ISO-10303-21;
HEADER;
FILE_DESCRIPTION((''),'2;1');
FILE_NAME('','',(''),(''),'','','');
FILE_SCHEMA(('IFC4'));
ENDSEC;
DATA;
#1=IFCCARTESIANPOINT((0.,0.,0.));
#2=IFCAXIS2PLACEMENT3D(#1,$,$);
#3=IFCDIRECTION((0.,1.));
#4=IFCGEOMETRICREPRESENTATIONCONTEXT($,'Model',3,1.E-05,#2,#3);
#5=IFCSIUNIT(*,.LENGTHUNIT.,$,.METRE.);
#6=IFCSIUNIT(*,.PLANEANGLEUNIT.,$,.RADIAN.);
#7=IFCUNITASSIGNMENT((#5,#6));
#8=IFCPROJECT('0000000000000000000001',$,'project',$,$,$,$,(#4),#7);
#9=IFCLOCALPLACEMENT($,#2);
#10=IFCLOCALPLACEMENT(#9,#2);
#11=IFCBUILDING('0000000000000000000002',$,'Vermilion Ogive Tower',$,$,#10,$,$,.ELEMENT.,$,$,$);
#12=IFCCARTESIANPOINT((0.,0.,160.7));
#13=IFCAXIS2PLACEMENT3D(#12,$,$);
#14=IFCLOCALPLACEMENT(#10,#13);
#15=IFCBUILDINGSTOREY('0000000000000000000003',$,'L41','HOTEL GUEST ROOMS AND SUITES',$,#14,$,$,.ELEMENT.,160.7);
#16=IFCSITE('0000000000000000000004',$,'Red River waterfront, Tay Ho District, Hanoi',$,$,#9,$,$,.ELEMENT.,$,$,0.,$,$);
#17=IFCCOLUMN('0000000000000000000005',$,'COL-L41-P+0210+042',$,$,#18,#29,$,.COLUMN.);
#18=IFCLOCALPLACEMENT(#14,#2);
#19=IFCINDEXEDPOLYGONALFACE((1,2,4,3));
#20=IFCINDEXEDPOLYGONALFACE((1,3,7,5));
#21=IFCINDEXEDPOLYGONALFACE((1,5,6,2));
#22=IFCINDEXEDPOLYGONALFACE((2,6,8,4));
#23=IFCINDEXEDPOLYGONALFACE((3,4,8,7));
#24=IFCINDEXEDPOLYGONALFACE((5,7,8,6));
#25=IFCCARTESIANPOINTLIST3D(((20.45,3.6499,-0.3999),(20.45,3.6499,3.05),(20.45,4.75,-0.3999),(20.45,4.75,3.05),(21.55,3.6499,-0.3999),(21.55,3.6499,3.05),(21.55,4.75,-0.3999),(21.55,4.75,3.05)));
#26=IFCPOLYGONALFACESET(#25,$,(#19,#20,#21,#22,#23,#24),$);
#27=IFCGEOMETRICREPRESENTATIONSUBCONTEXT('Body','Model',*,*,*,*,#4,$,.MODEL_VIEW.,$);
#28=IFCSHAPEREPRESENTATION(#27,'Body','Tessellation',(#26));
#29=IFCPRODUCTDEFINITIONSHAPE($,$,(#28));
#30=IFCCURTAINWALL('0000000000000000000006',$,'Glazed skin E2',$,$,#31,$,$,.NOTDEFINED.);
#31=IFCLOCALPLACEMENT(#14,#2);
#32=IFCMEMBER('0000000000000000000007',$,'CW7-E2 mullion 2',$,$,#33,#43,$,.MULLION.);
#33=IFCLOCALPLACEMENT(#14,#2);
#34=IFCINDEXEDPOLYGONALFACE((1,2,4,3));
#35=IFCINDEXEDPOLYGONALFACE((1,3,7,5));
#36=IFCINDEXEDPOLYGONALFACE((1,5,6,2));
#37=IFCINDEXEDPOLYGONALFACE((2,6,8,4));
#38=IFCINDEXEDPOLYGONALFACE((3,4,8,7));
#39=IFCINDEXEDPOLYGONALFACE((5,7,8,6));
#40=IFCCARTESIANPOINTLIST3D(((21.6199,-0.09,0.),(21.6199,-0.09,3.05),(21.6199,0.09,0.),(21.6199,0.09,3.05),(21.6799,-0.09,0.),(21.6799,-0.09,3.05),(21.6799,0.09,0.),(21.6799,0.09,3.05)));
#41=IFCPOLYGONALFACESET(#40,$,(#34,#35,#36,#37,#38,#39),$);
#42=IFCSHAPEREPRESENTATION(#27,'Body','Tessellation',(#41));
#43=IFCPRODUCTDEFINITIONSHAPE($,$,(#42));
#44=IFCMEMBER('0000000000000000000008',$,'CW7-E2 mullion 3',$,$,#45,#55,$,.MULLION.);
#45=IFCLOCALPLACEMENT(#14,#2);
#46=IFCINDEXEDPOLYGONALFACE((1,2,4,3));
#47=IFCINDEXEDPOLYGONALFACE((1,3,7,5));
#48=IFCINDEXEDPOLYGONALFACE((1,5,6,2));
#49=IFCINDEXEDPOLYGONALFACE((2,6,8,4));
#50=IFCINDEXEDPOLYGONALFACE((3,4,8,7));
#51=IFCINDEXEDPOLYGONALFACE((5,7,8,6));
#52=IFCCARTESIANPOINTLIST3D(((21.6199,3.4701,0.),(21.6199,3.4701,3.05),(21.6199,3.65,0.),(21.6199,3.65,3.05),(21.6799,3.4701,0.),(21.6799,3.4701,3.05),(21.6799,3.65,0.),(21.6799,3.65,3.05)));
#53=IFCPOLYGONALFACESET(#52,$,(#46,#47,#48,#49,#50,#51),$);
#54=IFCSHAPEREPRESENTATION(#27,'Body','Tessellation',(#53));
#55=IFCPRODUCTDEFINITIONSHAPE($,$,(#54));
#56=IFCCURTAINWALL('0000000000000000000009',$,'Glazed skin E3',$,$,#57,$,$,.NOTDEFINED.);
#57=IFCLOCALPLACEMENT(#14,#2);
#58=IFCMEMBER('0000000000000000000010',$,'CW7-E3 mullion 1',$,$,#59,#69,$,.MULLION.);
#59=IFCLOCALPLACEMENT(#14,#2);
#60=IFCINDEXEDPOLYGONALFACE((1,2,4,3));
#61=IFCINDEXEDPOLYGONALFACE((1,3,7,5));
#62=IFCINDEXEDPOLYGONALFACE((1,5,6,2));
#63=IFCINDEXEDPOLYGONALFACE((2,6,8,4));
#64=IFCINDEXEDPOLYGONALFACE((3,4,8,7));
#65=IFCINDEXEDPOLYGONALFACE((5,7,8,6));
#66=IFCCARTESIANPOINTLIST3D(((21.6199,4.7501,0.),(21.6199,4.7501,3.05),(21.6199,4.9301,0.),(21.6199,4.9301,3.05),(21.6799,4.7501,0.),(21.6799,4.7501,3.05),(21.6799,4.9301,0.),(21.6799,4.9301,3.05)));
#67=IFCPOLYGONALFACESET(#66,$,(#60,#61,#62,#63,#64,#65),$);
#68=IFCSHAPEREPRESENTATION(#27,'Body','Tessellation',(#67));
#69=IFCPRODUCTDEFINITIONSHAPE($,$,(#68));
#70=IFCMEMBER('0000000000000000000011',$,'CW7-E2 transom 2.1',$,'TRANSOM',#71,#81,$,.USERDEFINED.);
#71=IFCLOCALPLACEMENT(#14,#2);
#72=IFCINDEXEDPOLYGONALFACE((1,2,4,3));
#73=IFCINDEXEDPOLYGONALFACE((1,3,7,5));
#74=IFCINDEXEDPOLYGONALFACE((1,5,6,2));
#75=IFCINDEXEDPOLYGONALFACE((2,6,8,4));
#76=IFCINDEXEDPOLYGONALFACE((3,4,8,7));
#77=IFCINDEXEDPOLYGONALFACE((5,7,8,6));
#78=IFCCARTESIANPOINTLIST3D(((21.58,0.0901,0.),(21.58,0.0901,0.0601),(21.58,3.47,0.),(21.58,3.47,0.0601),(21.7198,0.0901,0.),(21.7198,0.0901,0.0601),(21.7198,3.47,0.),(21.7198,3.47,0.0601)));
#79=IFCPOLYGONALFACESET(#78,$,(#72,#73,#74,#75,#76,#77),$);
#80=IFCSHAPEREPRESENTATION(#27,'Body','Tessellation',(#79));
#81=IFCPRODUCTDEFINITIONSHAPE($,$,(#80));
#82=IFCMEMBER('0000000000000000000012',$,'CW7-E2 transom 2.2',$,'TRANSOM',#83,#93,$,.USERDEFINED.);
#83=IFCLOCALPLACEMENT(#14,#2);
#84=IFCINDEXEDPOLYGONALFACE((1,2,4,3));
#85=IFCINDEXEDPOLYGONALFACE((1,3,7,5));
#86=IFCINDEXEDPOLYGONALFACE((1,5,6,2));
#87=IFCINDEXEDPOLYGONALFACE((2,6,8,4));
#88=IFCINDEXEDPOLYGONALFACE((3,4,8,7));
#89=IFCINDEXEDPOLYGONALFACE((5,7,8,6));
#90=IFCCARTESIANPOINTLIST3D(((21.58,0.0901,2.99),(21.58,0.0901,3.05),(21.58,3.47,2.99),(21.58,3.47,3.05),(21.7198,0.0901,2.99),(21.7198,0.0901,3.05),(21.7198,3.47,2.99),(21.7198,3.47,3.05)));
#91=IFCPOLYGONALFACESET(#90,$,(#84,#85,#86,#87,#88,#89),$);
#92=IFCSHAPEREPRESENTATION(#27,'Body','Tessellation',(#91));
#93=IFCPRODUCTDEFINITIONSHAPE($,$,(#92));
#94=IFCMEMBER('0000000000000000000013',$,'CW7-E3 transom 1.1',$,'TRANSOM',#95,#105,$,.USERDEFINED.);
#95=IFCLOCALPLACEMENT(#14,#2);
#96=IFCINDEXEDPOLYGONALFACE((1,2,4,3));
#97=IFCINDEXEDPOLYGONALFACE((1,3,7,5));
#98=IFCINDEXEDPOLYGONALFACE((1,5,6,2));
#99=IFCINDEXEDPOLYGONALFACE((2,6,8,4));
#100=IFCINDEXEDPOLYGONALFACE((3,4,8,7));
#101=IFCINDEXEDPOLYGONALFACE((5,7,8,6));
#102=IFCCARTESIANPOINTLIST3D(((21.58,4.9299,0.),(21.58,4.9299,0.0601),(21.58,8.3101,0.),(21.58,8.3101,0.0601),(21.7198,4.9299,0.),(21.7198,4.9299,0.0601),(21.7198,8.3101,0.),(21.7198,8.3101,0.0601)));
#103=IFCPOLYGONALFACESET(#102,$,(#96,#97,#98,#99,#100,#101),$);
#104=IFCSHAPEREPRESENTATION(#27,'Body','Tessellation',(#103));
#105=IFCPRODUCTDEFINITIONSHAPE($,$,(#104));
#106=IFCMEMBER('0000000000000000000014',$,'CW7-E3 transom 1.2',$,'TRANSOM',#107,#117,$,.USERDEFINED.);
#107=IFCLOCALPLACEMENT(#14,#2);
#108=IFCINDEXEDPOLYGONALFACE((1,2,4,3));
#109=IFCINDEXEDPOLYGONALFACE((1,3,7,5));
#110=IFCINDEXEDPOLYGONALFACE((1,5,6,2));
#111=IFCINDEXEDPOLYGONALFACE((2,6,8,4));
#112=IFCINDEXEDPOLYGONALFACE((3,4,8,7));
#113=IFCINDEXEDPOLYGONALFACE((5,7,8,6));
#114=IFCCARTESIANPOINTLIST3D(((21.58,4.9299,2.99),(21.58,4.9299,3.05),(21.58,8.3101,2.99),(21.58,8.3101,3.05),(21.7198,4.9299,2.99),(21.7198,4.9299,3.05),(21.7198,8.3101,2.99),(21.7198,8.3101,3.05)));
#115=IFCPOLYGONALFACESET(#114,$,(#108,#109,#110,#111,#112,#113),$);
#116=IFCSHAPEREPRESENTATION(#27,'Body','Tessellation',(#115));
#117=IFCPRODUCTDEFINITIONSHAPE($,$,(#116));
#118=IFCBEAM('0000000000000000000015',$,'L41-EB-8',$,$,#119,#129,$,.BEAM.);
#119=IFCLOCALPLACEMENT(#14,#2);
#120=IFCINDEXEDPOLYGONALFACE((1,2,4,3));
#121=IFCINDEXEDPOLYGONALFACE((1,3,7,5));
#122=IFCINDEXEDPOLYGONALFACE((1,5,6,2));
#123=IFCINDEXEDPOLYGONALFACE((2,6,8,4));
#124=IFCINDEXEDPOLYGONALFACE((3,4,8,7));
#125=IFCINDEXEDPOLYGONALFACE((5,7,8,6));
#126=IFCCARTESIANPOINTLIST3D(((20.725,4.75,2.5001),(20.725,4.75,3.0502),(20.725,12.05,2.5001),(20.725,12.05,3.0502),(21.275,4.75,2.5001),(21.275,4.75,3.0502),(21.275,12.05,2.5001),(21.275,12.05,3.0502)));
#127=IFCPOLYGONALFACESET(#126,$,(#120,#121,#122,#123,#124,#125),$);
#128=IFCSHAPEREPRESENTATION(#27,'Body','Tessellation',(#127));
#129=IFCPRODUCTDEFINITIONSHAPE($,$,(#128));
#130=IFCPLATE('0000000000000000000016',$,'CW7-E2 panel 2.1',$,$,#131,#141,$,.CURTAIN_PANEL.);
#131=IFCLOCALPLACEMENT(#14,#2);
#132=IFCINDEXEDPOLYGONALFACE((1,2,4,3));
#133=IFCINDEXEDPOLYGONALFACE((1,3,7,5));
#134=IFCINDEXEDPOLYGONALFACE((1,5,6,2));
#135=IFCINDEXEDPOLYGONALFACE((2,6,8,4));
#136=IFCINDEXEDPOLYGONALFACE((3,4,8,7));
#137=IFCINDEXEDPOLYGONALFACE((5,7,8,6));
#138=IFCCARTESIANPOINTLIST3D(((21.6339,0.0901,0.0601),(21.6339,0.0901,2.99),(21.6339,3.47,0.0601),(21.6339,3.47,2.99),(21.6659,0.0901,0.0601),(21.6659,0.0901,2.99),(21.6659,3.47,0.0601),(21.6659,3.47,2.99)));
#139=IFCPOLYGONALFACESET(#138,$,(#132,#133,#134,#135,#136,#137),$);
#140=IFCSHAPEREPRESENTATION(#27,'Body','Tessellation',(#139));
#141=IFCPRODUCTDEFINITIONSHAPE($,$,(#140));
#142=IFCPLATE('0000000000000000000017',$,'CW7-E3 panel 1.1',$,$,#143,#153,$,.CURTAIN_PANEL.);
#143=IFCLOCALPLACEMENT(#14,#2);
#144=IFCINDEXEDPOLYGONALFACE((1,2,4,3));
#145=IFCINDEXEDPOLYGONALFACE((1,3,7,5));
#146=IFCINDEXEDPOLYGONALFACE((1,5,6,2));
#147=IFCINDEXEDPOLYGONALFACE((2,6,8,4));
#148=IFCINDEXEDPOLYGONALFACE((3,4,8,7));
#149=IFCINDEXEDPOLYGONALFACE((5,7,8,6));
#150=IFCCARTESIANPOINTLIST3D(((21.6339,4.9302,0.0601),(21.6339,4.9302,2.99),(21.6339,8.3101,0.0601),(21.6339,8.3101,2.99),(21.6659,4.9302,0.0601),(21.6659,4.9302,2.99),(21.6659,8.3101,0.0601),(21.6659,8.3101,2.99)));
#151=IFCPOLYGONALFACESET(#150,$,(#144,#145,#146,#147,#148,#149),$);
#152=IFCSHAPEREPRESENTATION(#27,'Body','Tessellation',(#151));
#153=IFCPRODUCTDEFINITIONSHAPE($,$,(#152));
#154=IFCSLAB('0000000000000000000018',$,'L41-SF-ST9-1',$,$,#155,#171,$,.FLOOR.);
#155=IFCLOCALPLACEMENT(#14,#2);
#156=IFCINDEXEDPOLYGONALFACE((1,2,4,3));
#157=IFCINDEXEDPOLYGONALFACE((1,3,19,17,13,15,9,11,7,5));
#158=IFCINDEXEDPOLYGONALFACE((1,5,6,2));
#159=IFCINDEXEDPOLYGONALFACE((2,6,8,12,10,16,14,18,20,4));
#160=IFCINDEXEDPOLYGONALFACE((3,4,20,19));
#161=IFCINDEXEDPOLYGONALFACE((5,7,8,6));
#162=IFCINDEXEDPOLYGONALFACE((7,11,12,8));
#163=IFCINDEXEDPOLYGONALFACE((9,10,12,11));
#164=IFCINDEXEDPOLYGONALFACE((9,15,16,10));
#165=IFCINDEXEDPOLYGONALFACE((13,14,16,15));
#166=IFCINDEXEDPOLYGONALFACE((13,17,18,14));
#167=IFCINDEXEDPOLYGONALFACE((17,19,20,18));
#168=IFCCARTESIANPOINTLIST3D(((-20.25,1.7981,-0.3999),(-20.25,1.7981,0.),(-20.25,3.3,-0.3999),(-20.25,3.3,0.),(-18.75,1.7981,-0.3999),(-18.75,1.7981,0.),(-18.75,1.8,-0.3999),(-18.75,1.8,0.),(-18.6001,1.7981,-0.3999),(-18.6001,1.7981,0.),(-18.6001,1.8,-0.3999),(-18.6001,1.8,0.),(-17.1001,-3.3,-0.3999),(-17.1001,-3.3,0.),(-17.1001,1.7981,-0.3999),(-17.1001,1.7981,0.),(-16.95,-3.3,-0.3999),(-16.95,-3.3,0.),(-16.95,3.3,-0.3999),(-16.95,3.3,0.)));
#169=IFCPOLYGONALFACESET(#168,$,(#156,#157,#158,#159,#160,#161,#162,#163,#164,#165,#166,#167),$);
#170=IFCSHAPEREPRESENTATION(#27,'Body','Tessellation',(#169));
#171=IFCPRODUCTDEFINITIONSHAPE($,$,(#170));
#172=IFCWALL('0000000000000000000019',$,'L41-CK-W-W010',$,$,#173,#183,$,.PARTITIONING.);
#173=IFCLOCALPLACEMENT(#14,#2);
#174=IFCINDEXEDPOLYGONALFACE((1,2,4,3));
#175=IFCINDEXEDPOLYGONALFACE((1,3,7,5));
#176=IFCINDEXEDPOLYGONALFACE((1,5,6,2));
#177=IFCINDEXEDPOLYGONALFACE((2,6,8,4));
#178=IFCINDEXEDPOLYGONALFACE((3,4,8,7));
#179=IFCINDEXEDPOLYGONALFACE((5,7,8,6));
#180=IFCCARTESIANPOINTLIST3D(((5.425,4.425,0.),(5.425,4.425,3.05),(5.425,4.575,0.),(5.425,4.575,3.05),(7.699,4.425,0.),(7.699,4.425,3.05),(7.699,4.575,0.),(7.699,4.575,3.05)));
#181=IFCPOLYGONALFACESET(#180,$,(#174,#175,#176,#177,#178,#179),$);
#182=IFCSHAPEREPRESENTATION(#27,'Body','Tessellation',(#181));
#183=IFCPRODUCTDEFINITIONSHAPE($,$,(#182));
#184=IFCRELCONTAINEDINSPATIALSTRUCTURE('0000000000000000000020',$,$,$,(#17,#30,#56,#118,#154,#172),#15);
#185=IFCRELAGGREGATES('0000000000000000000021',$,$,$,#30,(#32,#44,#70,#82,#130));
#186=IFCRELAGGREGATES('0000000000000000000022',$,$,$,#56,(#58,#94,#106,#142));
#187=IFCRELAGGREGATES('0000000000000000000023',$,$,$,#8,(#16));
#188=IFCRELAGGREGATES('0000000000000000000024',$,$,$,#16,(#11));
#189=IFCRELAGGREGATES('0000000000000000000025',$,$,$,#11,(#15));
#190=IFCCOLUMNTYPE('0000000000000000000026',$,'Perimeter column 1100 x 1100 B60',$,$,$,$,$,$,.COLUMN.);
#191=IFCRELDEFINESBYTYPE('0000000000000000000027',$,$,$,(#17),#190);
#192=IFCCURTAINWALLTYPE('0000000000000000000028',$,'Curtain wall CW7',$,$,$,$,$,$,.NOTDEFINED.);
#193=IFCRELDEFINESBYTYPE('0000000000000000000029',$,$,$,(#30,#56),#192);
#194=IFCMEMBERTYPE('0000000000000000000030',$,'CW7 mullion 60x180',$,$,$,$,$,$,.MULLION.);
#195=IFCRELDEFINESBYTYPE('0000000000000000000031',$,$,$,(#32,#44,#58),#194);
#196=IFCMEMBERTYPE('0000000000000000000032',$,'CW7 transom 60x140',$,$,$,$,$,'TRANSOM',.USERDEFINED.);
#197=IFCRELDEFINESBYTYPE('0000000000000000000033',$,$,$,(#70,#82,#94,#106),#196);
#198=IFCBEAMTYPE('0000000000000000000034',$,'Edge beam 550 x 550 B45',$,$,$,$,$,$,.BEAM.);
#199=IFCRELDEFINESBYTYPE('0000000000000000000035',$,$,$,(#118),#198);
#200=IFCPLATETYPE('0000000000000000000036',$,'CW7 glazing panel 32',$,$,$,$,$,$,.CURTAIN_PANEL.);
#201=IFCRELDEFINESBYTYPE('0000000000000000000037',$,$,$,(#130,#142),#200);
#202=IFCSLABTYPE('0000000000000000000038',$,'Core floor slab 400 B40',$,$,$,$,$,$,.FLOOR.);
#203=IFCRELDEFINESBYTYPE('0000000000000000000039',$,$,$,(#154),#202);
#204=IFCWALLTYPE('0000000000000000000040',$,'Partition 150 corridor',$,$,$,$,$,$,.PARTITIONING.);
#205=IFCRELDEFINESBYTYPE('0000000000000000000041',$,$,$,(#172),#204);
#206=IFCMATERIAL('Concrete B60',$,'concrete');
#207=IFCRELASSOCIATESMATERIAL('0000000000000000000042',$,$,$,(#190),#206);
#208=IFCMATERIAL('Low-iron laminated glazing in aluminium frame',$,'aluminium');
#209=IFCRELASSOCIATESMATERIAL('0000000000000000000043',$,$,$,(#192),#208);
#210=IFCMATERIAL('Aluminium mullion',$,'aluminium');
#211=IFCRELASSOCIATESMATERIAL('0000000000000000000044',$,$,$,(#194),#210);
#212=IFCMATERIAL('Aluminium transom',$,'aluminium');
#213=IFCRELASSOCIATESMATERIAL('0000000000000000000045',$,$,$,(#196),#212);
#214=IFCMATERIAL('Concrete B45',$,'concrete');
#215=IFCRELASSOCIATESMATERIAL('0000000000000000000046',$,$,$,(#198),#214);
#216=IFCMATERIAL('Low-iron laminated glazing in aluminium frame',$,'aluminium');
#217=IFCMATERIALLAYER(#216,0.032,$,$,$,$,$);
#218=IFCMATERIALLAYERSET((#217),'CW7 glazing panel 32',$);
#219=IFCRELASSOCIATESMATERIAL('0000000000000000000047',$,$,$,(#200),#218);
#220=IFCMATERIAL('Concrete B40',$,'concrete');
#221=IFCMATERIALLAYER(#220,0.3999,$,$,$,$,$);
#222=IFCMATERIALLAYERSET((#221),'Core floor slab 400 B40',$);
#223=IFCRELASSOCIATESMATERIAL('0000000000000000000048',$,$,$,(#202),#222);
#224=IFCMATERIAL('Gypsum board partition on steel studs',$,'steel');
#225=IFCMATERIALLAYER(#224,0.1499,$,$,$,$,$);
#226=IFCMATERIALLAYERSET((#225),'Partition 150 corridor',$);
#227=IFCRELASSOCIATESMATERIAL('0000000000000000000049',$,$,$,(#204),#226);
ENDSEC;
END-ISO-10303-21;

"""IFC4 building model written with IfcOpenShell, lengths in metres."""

from ifc_helpers import new_model, si_unit, direction, frame, frame_2d, origin, origin_2d, place, context, subcontext, project, spatial, polyline, rectangle, outline, extrude, material, layer, layer_set, material_profile, profile_set, type_object, element, aggregate, save


model = new_model("IFC4")

# Units and contexts
model_context = context("Model", 3, precision=1e-05, world=origin(), true_north=direction((0.0, 1.0)))
body_context = subcontext(model_context, "Body", "Model", "MODEL_VIEW")
ifc_project = project(units=[si_unit("LENGTHUNIT", "METRE"), si_unit("PLANEANGLEUNIT", "RADIAN")], contexts=[model_context])

# Site, building, storey
site_placement = place(None, origin())
site = spatial("IfcSite", under=ifc_project, at=site_placement, Name="Red River waterfront, Tay Ho District, Hanoi", CompositionType="ELEMENT", RefElevation=0.0)
building_placement = place(site_placement, origin())
building = spatial("IfcBuilding", under=site, at=building_placement, Name="Vermilion Ogive Tower", CompositionType="ELEMENT")
storey_placement = place(building_placement, frame((0.0, 0.0, 160.7)))
storey = spatial("IfcBuildingStorey", under=building, at=storey_placement, Name="L41", Description="HOTEL GUEST ROOMS AND SUITES", CompositionType="ELEMENT", Elevation=160.7)

# Column
ifc_material_1 = material(Name="Concrete B60", Category="concrete")
ifc_material_profile_1 = material_profile(ifc_material_1, rectangle(XDim=1.1001, YDim=1.1001, at=origin_2d()), Name="1100 x 1100")
ifc_profile_set_1 = profile_set([ifc_material_profile_1], Name="Concrete B60")
column_type = type_object("IfcColumnType", Name="Perimeter column 1100 x 1100 B60", PredefinedType="COLUMN", material=ifc_profile_set_1)
column_placement = place(storey_placement, frame((21.0, 4.2, -0.3999), z_axis=(0.0, 0.0, 1.0), x_axis=(1.0, 0.0, 0.0)))
element("IfcColumn", 1, at=column_placement, inside=storey, type_object=column_type, Name="COL-L41-P+0210+042", PredefinedType="COLUMN", context=body_context, shape_type="SweptSolid", body=[
    extrude(rectangle(XDim=1.1001, YDim=1.1001, at=origin_2d()), origin(), (0.0, 0.0, 1.0), 3.45),
])

# Curtain wall, members
ifc_material_2 = material(Name="Low-iron laminated glazing in aluminium frame", Category="aluminium")
curtain_wall_type = type_object("IfcCurtainWallType", Name="Curtain wall CW7", PredefinedType="NOTDEFINED", material=ifc_material_2)
curtain_wall_1_placement = place(storey_placement, origin())
curtain_wall_1 = element("IfcCurtainWall", 2, at=curtain_wall_1_placement, inside=storey, type_object=curtain_wall_type, Name="Glazed skin E2", PredefinedType="NOTDEFINED")
ifc_material_3 = material(Name="Aluminium mullion", Category="aluminium")
ifc_material_profile_2 = material_profile(ifc_material_3, rectangle(XDim=0.0601, YDim=0.1799, at=origin_2d()), Name="AL 60x180")
ifc_profile_set_2 = profile_set([ifc_material_profile_2], Name="Aluminium mullion")
member_type_1 = type_object("IfcMemberType", Name="CW7 mullion 60x180", PredefinedType="MULLION", material=ifc_profile_set_2)
member_1_placement = place(storey_placement, frame((21.6499, 0.0, 0.0), z_axis=(0.0, 0.0, 1.0), x_axis=(-1.0, 0.0, 0.0)))
member_1 = element("IfcMember", 3, at=member_1_placement, type_object=member_type_1, Name="CW7-E2 mullion 2", PredefinedType="MULLION", context=body_context, shape_type="SweptSolid", body=[
    extrude(rectangle(XDim=0.0601, YDim=0.1799, at=origin_2d()), origin(), (0.0, 0.0, 1.0), 3.05),
])
member_2_placement = place(storey_placement, frame((21.6499, 3.5601, 0.0), z_axis=(0.0, 0.0, 1.0), x_axis=(-1.0, 0.0, 0.0)))
member_2 = element("IfcMember", 4, at=member_2_placement, type_object=member_type_1, Name="CW7-E2 mullion 3", PredefinedType="MULLION", context=body_context, shape_type="SweptSolid", body=[
    extrude(rectangle(XDim=0.0601, YDim=0.1799, at=origin_2d()), origin(), (0.0, 0.0, 1.0), 3.05),
])

# Curtain wall, member
curtain_wall_2_placement = place(storey_placement, origin())
curtain_wall_2 = element("IfcCurtainWall", 5, at=curtain_wall_2_placement, inside=storey, type_object=curtain_wall_type, Name="Glazed skin E3", PredefinedType="NOTDEFINED")
member_3_placement = place(storey_placement, frame((21.6499, 4.8401, 0.0), z_axis=(0.0, 0.0, 1.0), x_axis=(-1.0, 0.0, 0.0)))
member_3 = element("IfcMember", 6, at=member_3_placement, type_object=member_type_1, Name="CW7-E3 mullion 1", PredefinedType="MULLION", context=body_context, shape_type="SweptSolid", body=[
    extrude(rectangle(XDim=0.0601, YDim=0.1799, at=origin_2d()), origin(), (0.0, 0.0, 1.0), 3.05),
])

# Members
ifc_material_4 = material(Name="Aluminium transom", Category="aluminium")
ifc_material_profile_3 = material_profile(ifc_material_4, rectangle(XDim=0.1399, YDim=0.0601, at=origin_2d()), Name="AL 60x140")
ifc_profile_set_3 = profile_set([ifc_material_profile_3], Name="Aluminium transom")
member_type_2 = type_object("IfcMemberType", Name="CW7 transom 60x140", ElementType="TRANSOM", PredefinedType="USERDEFINED", material=ifc_profile_set_3)
member_4_placement = place(storey_placement, frame((21.6499, 0.0901, 0.03), z_axis=(0.0, 1.0, 0.0), x_axis=(-1.0, 0.0, 0.0)))
member_4 = element("IfcMember", 7, at=member_4_placement, type_object=member_type_2, Name="CW7-E2 transom 2.1", ObjectType="TRANSOM", PredefinedType="USERDEFINED", context=body_context, shape_type="SweptSolid", body=[
    extrude(rectangle(XDim=0.1399, YDim=0.0601, at=origin_2d()), origin(), (0.0, 0.0, 1.0), 3.3799),
])
member_5_placement = place(storey_placement, frame((21.6499, 0.0901, 3.02), z_axis=(0.0, 1.0, 0.0), x_axis=(-1.0, 0.0, 0.0)))
member_5 = element("IfcMember", 8, at=member_5_placement, type_object=member_type_2, Name="CW7-E2 transom 2.2", ObjectType="TRANSOM", PredefinedType="USERDEFINED", context=body_context, shape_type="SweptSolid", body=[
    extrude(rectangle(XDim=0.1399, YDim=0.0601, at=origin_2d()), origin(), (0.0, 0.0, 1.0), 3.3799),
])
member_6_placement = place(storey_placement, frame((21.6499, 4.9299, 0.03), z_axis=(0.0, 1.0, 0.0), x_axis=(-1.0, 0.0, 0.0)))
member_6 = element("IfcMember", 9, at=member_6_placement, type_object=member_type_2, Name="CW7-E3 transom 1.1", ObjectType="TRANSOM", PredefinedType="USERDEFINED", context=body_context, shape_type="SweptSolid", body=[
    extrude(rectangle(XDim=0.1399, YDim=0.0601, at=origin_2d()), origin(), (0.0, 0.0, 1.0), 3.3801),
])
member_7_placement = place(storey_placement, frame((21.6499, 4.9299, 3.02), z_axis=(0.0, 1.0, 0.0), x_axis=(-1.0, 0.0, 0.0)))
member_7 = element("IfcMember", 10, at=member_7_placement, type_object=member_type_2, Name="CW7-E3 transom 1.2", ObjectType="TRANSOM", PredefinedType="USERDEFINED", context=body_context, shape_type="SweptSolid", body=[
    extrude(rectangle(XDim=0.1399, YDim=0.0601, at=origin_2d()), origin(), (0.0, 0.0, 1.0), 3.3801),
])

# Beam
ifc_material_5 = material(Name="Concrete B45", Category="concrete")
ifc_material_profile_4 = material_profile(ifc_material_5, rectangle(XDim=0.55, YDim=0.55, at=origin_2d()), Name="550 x 550")
ifc_profile_set_4 = profile_set([ifc_material_profile_4], Name="Concrete B45")
beam_type = type_object("IfcBeamType", Name="Edge beam 550 x 550 B45", PredefinedType="BEAM", material=ifc_profile_set_4)
beam_placement = place(storey_placement, frame((21.0, 4.75, 2.7751), z_axis=(0.0, 1.0, 0.0), x_axis=(-1.0, 0.0, 0.0)))
element("IfcBeam", 11, at=beam_placement, inside=storey, type_object=beam_type, Name="L41-EB-8", PredefinedType="BEAM", context=body_context, shape_type="SweptSolid", body=[
    extrude(rectangle(XDim=0.55, YDim=0.55, at=origin_2d()), origin(), (0.0, 0.0, 1.0), 7.3),
])

# Plates
ifc_material_6 = material(Name="Low-iron laminated glazing in aluminium frame", Category="aluminium")
ifc_layer_1 = layer(ifc_material_6, 0.032)
ifc_layer_set_1 = layer_set([ifc_layer_1], Name="CW7 glazing panel 32")
plate_type = type_object("IfcPlateType", Name="CW7 glazing panel 32", PredefinedType="CURTAIN_PANEL", material=ifc_layer_set_1)
plate_1_placement = place(storey_placement, frame((21.6499, 1.78, 0.0601), z_axis=(0.0, 0.0, 1.0), x_axis=(0.0, 1.0, 0.0)))
plate_1 = element("IfcPlate", 12, at=plate_1_placement, type_object=plate_type, Name="CW7-E2 panel 2.1", PredefinedType="CURTAIN_PANEL", context=body_context, shape_type="SweptSolid", body=[
    extrude(rectangle(XDim=3.3799, YDim=0.032, at=origin_2d()), origin(), (0.0, 0.0, 1.0), 2.9299),
])
aggregate(curtain_wall_1, [member_1, member_2, member_4, member_5, plate_1])
plate_2_placement = place(storey_placement, frame((21.6499, 6.6201, 0.0601), z_axis=(0.0, 0.0, 1.0), x_axis=(0.0, 1.0, 0.0)))
plate_2 = element("IfcPlate", 13, at=plate_2_placement, type_object=plate_type, Name="CW7-E3 panel 1.1", PredefinedType="CURTAIN_PANEL", context=body_context, shape_type="SweptSolid", body=[
    extrude(rectangle(XDim=3.3799, YDim=0.032, at=origin_2d()), origin(), (0.0, 0.0, 1.0), 2.9299),
])
aggregate(curtain_wall_2, [member_3, member_6, member_7, plate_2])

# Slab
ifc_material_7 = material(Name="Concrete B40", Category="concrete")
ifc_layer_2 = layer(ifc_material_7, 0.3999)
ifc_layer_set_2 = layer_set([ifc_layer_2], Name="Core floor slab 400 B40")
slab_type = type_object("IfcSlabType", Name="Core floor slab 400 B40", PredefinedType="FLOOR", material=ifc_layer_set_2)
slab_placement = place(storey_placement, frame((0.0, 0.0, -0.3999)))
element("IfcSlab", 14, at=slab_placement, inside=storey, type_object=slab_type, Name="L41-SF-ST9-1", PredefinedType="FLOOR", context=body_context, shape_type="SweptSolid", body=[
    extrude(outline(polyline([(-20.25, 3.3), (-20.25, 1.7981), (-18.75, 1.7981), (-18.75, 1.8), (-18.6001, 1.8), (-18.6001, 1.7981), (-17.1001, 1.7981), (-17.1001, -3.3), (-16.95, -3.3), (-16.95, 3.3), (-20.25, 3.3)])), origin(), (0.0, 0.0, 1.0), 0.3999),
])

# Wall
ifc_material_8 = material(Name="Gypsum board partition on steel studs", Category="steel")
ifc_layer_3 = layer(ifc_material_8, 0.1499)
ifc_layer_set_3 = layer_set([ifc_layer_3], Name="Partition 150 corridor")
wall_type_1 = type_object("IfcWallType", Name="Partition 150 corridor", PredefinedType="PARTITIONING", material=ifc_layer_set_3)
wall_1_placement = place(storey_placement, frame((5.425, 4.5, 0.0), z_axis=(0.0, 0.0, 1.0), x_axis=(1.0, 0.0, 0.0)))
element("IfcWall", 15, at=wall_1_placement, inside=storey, type_object=wall_type_1, Name="L41-CK-W-W010", PredefinedType="PARTITIONING", context=body_context, shape_type="SweptSolid", body=[
    extrude(rectangle(XDim=2.2739, YDim=0.1499, at=frame_2d((1.137, 0.0))), origin(), (0.0, 0.0, 1.0), 3.05),
])

save(model, "model.ifc")
